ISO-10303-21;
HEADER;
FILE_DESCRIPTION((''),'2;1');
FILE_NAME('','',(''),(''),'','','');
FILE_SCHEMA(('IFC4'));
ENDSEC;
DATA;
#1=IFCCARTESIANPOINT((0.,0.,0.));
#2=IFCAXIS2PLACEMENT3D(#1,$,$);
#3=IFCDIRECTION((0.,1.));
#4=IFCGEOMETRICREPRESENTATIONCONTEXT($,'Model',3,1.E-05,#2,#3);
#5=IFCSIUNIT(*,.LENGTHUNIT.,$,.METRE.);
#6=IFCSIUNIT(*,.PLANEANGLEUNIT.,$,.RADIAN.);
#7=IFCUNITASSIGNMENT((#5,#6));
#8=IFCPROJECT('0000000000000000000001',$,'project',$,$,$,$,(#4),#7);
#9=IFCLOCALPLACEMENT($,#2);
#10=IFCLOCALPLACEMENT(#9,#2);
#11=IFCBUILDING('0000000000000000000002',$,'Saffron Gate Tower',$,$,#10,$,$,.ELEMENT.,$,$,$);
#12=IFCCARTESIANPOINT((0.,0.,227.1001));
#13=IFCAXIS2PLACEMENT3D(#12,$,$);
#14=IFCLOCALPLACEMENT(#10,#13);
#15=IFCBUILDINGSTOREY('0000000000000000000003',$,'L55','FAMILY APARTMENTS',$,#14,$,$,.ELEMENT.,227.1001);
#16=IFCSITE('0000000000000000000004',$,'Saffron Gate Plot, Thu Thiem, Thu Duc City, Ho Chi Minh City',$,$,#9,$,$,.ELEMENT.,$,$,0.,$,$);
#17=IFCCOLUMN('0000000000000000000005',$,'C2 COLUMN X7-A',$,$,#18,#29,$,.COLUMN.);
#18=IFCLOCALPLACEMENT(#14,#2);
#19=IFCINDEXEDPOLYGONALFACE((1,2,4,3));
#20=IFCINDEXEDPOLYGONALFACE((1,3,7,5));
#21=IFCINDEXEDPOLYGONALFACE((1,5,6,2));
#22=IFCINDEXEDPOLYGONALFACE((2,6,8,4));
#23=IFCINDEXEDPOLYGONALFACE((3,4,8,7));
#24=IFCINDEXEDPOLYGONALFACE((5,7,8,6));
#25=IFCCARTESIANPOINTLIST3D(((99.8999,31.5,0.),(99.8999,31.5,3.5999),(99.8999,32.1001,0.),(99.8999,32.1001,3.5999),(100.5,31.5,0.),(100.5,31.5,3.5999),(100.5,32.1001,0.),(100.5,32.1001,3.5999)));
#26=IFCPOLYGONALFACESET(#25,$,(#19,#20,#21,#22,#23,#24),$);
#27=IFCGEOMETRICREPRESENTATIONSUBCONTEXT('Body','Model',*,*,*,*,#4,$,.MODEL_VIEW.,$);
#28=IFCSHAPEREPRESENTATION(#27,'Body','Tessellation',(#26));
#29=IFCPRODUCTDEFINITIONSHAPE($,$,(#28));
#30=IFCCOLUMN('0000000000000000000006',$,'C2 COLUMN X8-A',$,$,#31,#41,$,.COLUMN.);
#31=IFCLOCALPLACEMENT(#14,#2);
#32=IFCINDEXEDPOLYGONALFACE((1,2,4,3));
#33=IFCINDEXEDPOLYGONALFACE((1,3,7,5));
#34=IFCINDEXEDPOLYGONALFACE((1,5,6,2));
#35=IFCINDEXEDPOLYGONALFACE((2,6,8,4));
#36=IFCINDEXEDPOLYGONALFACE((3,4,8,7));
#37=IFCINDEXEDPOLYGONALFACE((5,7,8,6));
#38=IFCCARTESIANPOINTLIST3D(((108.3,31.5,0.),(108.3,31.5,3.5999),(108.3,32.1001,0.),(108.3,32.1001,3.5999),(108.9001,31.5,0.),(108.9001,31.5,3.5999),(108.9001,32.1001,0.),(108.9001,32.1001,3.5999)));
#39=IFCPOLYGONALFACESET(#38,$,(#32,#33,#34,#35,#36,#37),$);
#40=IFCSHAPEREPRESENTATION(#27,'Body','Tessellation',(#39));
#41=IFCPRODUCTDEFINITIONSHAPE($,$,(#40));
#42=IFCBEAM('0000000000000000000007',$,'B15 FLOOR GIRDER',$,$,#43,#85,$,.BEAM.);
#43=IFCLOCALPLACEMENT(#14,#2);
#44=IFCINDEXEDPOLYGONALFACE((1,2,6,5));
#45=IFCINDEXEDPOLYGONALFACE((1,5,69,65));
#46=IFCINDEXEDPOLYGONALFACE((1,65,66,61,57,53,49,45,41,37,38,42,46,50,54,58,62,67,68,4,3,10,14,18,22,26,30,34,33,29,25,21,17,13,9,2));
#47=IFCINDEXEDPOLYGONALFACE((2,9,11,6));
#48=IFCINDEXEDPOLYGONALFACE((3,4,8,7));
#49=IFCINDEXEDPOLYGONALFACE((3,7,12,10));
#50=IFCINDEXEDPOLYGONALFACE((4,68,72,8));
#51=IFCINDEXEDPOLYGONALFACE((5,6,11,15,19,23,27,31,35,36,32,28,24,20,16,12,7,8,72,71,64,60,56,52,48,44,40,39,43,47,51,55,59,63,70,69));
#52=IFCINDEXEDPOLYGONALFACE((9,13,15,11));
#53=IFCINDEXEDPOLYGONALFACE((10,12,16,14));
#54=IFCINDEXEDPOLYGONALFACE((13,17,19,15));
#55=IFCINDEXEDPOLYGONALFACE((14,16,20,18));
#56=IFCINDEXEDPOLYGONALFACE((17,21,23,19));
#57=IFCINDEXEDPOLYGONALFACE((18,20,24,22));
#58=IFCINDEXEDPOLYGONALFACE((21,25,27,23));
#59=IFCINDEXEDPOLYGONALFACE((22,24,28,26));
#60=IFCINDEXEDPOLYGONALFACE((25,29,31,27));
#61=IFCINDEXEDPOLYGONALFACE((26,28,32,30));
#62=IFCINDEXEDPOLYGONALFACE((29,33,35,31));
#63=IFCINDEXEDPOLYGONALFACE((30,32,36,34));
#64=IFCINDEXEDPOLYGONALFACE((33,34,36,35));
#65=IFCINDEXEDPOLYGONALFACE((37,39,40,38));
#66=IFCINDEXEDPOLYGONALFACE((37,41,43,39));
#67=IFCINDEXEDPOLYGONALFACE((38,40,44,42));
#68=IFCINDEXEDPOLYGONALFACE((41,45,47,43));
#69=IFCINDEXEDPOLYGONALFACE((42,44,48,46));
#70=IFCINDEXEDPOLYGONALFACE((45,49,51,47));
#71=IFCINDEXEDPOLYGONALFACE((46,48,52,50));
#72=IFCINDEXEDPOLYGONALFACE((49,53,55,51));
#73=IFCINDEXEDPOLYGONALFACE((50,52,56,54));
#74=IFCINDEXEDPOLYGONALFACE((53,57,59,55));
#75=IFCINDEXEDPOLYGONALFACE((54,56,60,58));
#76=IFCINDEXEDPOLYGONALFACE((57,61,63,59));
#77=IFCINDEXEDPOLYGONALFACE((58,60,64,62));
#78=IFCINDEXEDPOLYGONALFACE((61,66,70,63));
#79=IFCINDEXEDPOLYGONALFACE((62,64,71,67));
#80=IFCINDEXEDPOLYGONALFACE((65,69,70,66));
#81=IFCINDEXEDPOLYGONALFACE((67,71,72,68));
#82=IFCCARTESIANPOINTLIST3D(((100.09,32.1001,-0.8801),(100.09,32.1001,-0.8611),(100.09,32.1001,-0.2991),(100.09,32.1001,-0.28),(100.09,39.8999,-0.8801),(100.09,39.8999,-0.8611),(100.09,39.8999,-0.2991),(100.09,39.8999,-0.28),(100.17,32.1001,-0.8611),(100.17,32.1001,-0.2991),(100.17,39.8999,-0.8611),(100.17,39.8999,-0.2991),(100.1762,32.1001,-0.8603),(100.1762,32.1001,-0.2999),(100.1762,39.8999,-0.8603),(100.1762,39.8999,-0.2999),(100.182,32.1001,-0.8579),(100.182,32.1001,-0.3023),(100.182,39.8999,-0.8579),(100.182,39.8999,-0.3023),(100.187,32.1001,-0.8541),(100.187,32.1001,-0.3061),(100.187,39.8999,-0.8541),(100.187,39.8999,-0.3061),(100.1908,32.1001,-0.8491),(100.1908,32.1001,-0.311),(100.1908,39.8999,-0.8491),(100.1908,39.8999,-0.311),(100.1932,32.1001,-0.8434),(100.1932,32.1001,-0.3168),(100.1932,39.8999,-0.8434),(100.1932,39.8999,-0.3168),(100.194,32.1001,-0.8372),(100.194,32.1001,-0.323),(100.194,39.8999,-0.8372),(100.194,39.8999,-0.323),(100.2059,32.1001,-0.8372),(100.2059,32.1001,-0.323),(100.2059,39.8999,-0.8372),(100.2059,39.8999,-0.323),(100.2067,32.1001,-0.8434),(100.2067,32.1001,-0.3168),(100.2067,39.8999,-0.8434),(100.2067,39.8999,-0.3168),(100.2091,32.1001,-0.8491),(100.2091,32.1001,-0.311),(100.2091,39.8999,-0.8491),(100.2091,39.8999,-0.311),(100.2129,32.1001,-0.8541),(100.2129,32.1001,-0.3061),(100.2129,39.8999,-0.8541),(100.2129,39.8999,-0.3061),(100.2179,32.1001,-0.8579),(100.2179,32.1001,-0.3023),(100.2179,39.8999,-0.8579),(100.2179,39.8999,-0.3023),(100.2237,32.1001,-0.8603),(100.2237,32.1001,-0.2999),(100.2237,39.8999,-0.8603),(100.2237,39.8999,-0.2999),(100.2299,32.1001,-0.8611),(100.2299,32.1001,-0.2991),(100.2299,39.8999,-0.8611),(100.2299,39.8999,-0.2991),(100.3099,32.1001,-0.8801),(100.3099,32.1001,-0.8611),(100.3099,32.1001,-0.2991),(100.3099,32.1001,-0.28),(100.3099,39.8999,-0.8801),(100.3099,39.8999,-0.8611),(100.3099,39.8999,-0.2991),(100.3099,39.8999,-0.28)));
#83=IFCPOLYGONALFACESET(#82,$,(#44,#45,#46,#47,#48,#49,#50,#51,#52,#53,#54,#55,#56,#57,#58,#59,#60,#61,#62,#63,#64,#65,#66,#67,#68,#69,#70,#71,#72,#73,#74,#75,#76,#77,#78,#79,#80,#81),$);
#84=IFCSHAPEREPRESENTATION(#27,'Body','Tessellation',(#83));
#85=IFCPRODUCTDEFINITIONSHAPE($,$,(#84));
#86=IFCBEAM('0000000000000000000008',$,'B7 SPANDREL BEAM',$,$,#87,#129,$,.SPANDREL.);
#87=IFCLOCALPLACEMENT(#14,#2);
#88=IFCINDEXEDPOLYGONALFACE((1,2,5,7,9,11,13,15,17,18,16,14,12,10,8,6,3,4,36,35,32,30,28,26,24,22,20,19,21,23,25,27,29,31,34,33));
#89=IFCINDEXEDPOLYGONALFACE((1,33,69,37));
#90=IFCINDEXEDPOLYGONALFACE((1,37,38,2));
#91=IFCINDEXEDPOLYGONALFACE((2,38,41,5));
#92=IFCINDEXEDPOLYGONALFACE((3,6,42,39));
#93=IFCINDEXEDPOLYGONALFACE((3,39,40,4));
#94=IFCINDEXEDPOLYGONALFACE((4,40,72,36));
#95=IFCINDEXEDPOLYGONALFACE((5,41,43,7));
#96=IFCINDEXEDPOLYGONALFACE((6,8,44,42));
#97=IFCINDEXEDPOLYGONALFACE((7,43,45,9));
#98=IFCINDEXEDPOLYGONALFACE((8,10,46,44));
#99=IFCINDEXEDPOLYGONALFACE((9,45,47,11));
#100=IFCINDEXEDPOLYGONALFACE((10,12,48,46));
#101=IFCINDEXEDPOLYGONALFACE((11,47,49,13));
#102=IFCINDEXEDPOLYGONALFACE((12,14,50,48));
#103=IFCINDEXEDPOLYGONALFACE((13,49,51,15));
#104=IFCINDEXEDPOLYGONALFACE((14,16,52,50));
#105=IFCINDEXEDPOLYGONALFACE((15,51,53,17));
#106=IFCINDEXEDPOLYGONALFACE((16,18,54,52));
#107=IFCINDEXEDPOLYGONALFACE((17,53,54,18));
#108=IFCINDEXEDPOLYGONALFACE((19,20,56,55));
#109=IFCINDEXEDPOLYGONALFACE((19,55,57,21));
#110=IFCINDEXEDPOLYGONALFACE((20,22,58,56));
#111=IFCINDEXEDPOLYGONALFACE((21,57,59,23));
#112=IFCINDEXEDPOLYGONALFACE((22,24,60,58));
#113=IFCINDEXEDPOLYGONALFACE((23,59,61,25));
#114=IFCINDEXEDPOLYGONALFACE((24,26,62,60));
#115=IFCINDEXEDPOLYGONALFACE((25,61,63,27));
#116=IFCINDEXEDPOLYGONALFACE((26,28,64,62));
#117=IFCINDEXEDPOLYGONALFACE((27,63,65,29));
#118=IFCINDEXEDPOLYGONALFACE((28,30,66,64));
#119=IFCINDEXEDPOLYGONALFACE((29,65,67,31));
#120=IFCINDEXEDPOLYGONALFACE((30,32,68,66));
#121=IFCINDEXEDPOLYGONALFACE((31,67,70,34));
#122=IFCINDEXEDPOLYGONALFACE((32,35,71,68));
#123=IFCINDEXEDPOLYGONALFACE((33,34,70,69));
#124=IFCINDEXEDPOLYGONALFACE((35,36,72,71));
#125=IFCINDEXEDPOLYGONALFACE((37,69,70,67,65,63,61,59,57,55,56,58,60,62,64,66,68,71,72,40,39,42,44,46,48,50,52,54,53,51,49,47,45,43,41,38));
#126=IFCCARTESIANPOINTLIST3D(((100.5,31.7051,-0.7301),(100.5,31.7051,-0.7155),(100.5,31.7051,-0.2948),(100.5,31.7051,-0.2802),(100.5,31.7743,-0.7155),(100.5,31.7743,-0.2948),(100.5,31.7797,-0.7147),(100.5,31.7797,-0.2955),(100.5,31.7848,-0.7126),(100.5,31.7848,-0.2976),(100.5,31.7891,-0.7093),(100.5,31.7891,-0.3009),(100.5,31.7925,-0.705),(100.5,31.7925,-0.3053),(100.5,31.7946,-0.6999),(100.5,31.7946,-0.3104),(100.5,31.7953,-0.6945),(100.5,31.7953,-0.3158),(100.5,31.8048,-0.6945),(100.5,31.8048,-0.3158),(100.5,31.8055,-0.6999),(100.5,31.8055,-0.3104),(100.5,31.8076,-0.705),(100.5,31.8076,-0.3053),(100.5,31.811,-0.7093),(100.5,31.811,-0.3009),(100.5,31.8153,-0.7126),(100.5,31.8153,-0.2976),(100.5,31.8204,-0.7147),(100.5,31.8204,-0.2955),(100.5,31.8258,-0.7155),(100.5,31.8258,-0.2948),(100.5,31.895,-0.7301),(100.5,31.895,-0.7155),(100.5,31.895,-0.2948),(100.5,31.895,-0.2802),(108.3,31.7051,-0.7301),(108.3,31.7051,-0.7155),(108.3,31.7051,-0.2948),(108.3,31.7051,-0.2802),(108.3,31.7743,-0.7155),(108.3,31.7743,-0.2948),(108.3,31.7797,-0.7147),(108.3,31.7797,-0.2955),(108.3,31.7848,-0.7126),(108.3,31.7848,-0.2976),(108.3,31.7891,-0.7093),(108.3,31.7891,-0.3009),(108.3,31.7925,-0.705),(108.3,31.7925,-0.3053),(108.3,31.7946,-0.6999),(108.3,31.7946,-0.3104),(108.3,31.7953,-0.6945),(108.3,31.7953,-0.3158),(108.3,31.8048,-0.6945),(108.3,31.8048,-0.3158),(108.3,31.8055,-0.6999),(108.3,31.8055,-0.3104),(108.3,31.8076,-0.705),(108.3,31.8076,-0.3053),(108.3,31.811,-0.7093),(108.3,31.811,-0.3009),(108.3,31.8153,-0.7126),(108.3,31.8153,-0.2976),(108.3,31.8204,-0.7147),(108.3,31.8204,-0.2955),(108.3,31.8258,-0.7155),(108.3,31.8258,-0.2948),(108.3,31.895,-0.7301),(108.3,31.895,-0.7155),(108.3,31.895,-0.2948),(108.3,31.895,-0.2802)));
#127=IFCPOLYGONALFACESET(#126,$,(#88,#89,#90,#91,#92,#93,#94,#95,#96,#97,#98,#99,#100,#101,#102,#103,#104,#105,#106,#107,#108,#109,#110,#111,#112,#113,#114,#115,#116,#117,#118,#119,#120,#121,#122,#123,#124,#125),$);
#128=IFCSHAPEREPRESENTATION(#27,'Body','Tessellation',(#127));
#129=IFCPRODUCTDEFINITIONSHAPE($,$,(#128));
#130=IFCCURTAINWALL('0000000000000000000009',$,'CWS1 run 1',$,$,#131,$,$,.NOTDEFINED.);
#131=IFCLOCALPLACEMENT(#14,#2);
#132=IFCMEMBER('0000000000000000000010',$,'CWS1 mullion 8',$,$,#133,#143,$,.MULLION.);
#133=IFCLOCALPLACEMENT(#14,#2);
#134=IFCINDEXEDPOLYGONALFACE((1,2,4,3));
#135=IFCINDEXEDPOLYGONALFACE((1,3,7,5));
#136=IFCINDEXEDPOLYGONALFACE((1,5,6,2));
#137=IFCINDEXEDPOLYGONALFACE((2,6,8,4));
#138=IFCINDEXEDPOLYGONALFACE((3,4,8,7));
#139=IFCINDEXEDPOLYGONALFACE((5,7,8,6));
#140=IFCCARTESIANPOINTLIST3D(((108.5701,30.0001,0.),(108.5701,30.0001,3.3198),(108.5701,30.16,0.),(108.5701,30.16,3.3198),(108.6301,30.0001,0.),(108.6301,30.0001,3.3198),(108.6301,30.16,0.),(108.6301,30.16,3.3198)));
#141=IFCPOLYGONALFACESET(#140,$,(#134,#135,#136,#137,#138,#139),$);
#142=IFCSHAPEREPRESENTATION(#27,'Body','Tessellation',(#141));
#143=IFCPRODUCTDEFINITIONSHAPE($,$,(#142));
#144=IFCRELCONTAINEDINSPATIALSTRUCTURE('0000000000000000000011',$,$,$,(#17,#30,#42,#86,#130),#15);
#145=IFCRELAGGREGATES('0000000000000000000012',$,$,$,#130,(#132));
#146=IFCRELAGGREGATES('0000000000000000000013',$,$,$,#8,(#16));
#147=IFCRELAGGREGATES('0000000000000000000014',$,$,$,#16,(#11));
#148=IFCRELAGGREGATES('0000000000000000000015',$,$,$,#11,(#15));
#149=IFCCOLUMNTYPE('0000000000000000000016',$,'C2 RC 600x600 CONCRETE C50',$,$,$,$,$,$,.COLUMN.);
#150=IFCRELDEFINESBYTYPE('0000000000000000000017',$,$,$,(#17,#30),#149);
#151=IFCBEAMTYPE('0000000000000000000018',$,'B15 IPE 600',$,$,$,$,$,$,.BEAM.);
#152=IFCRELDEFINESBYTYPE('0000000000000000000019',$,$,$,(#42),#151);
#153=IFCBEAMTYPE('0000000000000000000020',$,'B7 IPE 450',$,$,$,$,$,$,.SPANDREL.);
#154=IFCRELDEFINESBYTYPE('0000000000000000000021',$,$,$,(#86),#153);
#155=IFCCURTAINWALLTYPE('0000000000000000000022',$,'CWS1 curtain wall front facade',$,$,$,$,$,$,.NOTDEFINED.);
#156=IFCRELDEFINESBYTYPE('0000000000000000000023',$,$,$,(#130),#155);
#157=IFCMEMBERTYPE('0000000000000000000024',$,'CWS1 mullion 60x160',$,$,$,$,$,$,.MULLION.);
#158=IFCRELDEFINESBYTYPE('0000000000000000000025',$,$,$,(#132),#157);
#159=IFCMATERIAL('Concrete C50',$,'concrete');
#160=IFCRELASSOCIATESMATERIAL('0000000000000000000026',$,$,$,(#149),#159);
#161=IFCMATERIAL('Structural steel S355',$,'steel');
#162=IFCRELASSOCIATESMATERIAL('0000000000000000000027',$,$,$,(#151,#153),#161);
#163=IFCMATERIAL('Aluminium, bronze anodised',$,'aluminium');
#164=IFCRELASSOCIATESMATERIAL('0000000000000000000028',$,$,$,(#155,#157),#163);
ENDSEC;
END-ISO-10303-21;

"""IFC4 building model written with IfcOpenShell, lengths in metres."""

from ifc_helpers import new_model, si_unit, direction, frame, origin, origin_2d, place, context, subcontext, project, spatial, rectangle, i_section, extrude, material, material_profile, profile_set, type_object, element, aggregate, save


model = new_model("IFC4")

# Units and contexts
model_context = context("Model", 3, precision=1e-05, world=origin(), true_north=direction((0.0, 1.0)))
body_context = subcontext(model_context, "Body", "Model", "MODEL_VIEW")
ifc_project = project(units=[si_unit("LENGTHUNIT", "METRE"), si_unit("PLANEANGLEUNIT", "RADIAN")], contexts=[model_context])

# Site, building, storey
site_placement = place(None, origin())
site = spatial("IfcSite", under=ifc_project, at=site_placement, Name="Saffron Gate Plot, Thu Thiem, Thu Duc City, Ho Chi Minh City", CompositionType="ELEMENT", RefElevation=0.0)
building_placement = place(site_placement, origin())
building = spatial("IfcBuilding", under=site, at=building_placement, Name="Saffron Gate Tower", CompositionType="ELEMENT")
storey_placement = place(building_placement, frame((0.0, 0.0, 227.1001)))
storey = spatial("IfcBuildingStorey", under=building, at=storey_placement, Name="L55", Description="FAMILY APARTMENTS", CompositionType="ELEMENT", Elevation=227.1001)

# Columns
ifc_material_1 = material(Name="Concrete C50", Category="concrete")
ifc_material_profile_1 = material_profile(ifc_material_1, rectangle(XDim=0.6001, YDim=0.6001, at=origin_2d()))
ifc_profile_set_1 = profile_set([ifc_material_profile_1], Name="Concrete C50")
column_type = type_object("IfcColumnType", Name="C2 RC 600x600 CONCRETE C50", PredefinedType="COLUMN", material=ifc_profile_set_1)
for number, where, z_axis, x_axis, name in (
    (1, (100.2, 31.8, 0.0), (0.0, 0.0, 1.0), (1.0, 0.0, 0.0), "C2 COLUMN X7-A"),
    (2, (108.6001, 31.8, 0.0), (0.0, 0.0, 1.0), (1.0, 0.0, 0.0), "C2 COLUMN X8-A"),
):
    element("IfcColumn", number, at=place(storey_placement, frame(where, z_axis=z_axis, x_axis=x_axis)), inside=storey, type_object=column_type, Name=name, PredefinedType="COLUMN", context=body_context, shape_type="SweptSolid", body=[
        extrude(rectangle(XDim=0.6001, YDim=0.6001, at=origin_2d()), origin(), (0.0, 0.0, 1.0), 3.5999),
    ])

# Beams
ifc_material_2 = material(Name="Structural steel S355", Category="steel")
ifc_material_profile_2 = material_profile(ifc_material_2, i_section(OverallWidth=0.22, OverallDepth=0.6001, WebThickness=0.012, FlangeThickness=0.019, FilletRadius=0.0239, at=origin_2d()))
ifc_profile_set_2 = profile_set([ifc_material_profile_2], Name="Structural steel S355")
beam_type_1 = type_object("IfcBeamType", Name="B15 IPE 600", PredefinedType="BEAM", material=ifc_profile_set_2)
beam_1_placement = place(storey_placement, frame((100.2, 32.1001, -0.5801), z_axis=(0.0, 1.0, 0.0), x_axis=(-1.0, 0.0, 0.0)))
element("IfcBeam", 3, at=beam_1_placement, inside=storey, type_object=beam_type_1, Name="B15 FLOOR GIRDER", PredefinedType="BEAM", context=body_context, shape_type="SweptSolid", body=[
    extrude(i_section(OverallWidth=0.22, OverallDepth=0.6001, WebThickness=0.012, FlangeThickness=0.019, FilletRadius=0.0239, at=origin_2d()), origin(), (0.0, 0.0, 1.0), 7.7998),
])
ifc_material_profile_3 = material_profile(ifc_material_2, i_section(OverallWidth=0.1899, OverallDepth=0.45, WebThickness=0.0095, FlangeThickness=0.0146, FilletRadius=0.021, at=origin_2d()))
ifc_profile_set_3 = profile_set([ifc_material_profile_3], Name="Structural steel S355")
beam_type_2 = type_object("IfcBeamType", Name="B7 IPE 450", PredefinedType="SPANDREL", material=ifc_profile_set_3)
beam_2_placement = place(storey_placement, frame((100.5, 31.8, -0.5051), z_axis=(1.0, 0.0, 0.0), x_axis=(0.0, 1.0, 0.0)))
element("IfcBeam", 4, at=beam_2_placement, inside=storey, type_object=beam_type_2, Name="B7 SPANDREL BEAM", PredefinedType="SPANDREL", context=body_context, shape_type="SweptSolid", body=[
    extrude(i_section(OverallWidth=0.1899, OverallDepth=0.45, WebThickness=0.0095, FlangeThickness=0.0146, FilletRadius=0.021, at=origin_2d()), origin(), (0.0, 0.0, 1.0), 7.8),
])

# Curtain wall, member
ifc_material_3 = material(Name="Aluminium, bronze anodised", Category="aluminium")
curtain_wall_type = type_object("IfcCurtainWallType", Name="CWS1 curtain wall front facade", PredefinedType="NOTDEFINED", material=ifc_material_3)
curtain_wall_placement = place(storey_placement, origin())
curtain_wall = element("IfcCurtainWall", 5, at=curtain_wall_placement, inside=storey, type_object=curtain_wall_type, Name="CWS1 run 1", PredefinedType="NOTDEFINED")
ifc_material_profile_4 = material_profile(ifc_material_3, rectangle(XDim=0.1599, YDim=0.0601, at=origin_2d()))
ifc_profile_set_4 = profile_set([ifc_material_profile_4], Name="Aluminium, bronze anodised")
member_type = type_object("IfcMemberType", Name="CWS1 mullion 60x160", PredefinedType="MULLION", material=ifc_profile_set_4)
member_placement = place(storey_placement, frame((108.6001, 30.0801, 0.0), z_axis=(0.0, 0.0, 1.0), x_axis=(0.0, 1.0, 0.0)))
member = element("IfcMember", 6, at=member_placement, type_object=member_type, Name="CWS1 mullion 8", PredefinedType="MULLION", context=body_context, shape_type="SweptSolid", body=[
    extrude(rectangle(XDim=0.1599, YDim=0.0601, at=origin_2d()), origin(), (0.0, 0.0, 1.0), 3.3198),
])
aggregate(curtain_wall, [member])

save(model, "model.ifc")
